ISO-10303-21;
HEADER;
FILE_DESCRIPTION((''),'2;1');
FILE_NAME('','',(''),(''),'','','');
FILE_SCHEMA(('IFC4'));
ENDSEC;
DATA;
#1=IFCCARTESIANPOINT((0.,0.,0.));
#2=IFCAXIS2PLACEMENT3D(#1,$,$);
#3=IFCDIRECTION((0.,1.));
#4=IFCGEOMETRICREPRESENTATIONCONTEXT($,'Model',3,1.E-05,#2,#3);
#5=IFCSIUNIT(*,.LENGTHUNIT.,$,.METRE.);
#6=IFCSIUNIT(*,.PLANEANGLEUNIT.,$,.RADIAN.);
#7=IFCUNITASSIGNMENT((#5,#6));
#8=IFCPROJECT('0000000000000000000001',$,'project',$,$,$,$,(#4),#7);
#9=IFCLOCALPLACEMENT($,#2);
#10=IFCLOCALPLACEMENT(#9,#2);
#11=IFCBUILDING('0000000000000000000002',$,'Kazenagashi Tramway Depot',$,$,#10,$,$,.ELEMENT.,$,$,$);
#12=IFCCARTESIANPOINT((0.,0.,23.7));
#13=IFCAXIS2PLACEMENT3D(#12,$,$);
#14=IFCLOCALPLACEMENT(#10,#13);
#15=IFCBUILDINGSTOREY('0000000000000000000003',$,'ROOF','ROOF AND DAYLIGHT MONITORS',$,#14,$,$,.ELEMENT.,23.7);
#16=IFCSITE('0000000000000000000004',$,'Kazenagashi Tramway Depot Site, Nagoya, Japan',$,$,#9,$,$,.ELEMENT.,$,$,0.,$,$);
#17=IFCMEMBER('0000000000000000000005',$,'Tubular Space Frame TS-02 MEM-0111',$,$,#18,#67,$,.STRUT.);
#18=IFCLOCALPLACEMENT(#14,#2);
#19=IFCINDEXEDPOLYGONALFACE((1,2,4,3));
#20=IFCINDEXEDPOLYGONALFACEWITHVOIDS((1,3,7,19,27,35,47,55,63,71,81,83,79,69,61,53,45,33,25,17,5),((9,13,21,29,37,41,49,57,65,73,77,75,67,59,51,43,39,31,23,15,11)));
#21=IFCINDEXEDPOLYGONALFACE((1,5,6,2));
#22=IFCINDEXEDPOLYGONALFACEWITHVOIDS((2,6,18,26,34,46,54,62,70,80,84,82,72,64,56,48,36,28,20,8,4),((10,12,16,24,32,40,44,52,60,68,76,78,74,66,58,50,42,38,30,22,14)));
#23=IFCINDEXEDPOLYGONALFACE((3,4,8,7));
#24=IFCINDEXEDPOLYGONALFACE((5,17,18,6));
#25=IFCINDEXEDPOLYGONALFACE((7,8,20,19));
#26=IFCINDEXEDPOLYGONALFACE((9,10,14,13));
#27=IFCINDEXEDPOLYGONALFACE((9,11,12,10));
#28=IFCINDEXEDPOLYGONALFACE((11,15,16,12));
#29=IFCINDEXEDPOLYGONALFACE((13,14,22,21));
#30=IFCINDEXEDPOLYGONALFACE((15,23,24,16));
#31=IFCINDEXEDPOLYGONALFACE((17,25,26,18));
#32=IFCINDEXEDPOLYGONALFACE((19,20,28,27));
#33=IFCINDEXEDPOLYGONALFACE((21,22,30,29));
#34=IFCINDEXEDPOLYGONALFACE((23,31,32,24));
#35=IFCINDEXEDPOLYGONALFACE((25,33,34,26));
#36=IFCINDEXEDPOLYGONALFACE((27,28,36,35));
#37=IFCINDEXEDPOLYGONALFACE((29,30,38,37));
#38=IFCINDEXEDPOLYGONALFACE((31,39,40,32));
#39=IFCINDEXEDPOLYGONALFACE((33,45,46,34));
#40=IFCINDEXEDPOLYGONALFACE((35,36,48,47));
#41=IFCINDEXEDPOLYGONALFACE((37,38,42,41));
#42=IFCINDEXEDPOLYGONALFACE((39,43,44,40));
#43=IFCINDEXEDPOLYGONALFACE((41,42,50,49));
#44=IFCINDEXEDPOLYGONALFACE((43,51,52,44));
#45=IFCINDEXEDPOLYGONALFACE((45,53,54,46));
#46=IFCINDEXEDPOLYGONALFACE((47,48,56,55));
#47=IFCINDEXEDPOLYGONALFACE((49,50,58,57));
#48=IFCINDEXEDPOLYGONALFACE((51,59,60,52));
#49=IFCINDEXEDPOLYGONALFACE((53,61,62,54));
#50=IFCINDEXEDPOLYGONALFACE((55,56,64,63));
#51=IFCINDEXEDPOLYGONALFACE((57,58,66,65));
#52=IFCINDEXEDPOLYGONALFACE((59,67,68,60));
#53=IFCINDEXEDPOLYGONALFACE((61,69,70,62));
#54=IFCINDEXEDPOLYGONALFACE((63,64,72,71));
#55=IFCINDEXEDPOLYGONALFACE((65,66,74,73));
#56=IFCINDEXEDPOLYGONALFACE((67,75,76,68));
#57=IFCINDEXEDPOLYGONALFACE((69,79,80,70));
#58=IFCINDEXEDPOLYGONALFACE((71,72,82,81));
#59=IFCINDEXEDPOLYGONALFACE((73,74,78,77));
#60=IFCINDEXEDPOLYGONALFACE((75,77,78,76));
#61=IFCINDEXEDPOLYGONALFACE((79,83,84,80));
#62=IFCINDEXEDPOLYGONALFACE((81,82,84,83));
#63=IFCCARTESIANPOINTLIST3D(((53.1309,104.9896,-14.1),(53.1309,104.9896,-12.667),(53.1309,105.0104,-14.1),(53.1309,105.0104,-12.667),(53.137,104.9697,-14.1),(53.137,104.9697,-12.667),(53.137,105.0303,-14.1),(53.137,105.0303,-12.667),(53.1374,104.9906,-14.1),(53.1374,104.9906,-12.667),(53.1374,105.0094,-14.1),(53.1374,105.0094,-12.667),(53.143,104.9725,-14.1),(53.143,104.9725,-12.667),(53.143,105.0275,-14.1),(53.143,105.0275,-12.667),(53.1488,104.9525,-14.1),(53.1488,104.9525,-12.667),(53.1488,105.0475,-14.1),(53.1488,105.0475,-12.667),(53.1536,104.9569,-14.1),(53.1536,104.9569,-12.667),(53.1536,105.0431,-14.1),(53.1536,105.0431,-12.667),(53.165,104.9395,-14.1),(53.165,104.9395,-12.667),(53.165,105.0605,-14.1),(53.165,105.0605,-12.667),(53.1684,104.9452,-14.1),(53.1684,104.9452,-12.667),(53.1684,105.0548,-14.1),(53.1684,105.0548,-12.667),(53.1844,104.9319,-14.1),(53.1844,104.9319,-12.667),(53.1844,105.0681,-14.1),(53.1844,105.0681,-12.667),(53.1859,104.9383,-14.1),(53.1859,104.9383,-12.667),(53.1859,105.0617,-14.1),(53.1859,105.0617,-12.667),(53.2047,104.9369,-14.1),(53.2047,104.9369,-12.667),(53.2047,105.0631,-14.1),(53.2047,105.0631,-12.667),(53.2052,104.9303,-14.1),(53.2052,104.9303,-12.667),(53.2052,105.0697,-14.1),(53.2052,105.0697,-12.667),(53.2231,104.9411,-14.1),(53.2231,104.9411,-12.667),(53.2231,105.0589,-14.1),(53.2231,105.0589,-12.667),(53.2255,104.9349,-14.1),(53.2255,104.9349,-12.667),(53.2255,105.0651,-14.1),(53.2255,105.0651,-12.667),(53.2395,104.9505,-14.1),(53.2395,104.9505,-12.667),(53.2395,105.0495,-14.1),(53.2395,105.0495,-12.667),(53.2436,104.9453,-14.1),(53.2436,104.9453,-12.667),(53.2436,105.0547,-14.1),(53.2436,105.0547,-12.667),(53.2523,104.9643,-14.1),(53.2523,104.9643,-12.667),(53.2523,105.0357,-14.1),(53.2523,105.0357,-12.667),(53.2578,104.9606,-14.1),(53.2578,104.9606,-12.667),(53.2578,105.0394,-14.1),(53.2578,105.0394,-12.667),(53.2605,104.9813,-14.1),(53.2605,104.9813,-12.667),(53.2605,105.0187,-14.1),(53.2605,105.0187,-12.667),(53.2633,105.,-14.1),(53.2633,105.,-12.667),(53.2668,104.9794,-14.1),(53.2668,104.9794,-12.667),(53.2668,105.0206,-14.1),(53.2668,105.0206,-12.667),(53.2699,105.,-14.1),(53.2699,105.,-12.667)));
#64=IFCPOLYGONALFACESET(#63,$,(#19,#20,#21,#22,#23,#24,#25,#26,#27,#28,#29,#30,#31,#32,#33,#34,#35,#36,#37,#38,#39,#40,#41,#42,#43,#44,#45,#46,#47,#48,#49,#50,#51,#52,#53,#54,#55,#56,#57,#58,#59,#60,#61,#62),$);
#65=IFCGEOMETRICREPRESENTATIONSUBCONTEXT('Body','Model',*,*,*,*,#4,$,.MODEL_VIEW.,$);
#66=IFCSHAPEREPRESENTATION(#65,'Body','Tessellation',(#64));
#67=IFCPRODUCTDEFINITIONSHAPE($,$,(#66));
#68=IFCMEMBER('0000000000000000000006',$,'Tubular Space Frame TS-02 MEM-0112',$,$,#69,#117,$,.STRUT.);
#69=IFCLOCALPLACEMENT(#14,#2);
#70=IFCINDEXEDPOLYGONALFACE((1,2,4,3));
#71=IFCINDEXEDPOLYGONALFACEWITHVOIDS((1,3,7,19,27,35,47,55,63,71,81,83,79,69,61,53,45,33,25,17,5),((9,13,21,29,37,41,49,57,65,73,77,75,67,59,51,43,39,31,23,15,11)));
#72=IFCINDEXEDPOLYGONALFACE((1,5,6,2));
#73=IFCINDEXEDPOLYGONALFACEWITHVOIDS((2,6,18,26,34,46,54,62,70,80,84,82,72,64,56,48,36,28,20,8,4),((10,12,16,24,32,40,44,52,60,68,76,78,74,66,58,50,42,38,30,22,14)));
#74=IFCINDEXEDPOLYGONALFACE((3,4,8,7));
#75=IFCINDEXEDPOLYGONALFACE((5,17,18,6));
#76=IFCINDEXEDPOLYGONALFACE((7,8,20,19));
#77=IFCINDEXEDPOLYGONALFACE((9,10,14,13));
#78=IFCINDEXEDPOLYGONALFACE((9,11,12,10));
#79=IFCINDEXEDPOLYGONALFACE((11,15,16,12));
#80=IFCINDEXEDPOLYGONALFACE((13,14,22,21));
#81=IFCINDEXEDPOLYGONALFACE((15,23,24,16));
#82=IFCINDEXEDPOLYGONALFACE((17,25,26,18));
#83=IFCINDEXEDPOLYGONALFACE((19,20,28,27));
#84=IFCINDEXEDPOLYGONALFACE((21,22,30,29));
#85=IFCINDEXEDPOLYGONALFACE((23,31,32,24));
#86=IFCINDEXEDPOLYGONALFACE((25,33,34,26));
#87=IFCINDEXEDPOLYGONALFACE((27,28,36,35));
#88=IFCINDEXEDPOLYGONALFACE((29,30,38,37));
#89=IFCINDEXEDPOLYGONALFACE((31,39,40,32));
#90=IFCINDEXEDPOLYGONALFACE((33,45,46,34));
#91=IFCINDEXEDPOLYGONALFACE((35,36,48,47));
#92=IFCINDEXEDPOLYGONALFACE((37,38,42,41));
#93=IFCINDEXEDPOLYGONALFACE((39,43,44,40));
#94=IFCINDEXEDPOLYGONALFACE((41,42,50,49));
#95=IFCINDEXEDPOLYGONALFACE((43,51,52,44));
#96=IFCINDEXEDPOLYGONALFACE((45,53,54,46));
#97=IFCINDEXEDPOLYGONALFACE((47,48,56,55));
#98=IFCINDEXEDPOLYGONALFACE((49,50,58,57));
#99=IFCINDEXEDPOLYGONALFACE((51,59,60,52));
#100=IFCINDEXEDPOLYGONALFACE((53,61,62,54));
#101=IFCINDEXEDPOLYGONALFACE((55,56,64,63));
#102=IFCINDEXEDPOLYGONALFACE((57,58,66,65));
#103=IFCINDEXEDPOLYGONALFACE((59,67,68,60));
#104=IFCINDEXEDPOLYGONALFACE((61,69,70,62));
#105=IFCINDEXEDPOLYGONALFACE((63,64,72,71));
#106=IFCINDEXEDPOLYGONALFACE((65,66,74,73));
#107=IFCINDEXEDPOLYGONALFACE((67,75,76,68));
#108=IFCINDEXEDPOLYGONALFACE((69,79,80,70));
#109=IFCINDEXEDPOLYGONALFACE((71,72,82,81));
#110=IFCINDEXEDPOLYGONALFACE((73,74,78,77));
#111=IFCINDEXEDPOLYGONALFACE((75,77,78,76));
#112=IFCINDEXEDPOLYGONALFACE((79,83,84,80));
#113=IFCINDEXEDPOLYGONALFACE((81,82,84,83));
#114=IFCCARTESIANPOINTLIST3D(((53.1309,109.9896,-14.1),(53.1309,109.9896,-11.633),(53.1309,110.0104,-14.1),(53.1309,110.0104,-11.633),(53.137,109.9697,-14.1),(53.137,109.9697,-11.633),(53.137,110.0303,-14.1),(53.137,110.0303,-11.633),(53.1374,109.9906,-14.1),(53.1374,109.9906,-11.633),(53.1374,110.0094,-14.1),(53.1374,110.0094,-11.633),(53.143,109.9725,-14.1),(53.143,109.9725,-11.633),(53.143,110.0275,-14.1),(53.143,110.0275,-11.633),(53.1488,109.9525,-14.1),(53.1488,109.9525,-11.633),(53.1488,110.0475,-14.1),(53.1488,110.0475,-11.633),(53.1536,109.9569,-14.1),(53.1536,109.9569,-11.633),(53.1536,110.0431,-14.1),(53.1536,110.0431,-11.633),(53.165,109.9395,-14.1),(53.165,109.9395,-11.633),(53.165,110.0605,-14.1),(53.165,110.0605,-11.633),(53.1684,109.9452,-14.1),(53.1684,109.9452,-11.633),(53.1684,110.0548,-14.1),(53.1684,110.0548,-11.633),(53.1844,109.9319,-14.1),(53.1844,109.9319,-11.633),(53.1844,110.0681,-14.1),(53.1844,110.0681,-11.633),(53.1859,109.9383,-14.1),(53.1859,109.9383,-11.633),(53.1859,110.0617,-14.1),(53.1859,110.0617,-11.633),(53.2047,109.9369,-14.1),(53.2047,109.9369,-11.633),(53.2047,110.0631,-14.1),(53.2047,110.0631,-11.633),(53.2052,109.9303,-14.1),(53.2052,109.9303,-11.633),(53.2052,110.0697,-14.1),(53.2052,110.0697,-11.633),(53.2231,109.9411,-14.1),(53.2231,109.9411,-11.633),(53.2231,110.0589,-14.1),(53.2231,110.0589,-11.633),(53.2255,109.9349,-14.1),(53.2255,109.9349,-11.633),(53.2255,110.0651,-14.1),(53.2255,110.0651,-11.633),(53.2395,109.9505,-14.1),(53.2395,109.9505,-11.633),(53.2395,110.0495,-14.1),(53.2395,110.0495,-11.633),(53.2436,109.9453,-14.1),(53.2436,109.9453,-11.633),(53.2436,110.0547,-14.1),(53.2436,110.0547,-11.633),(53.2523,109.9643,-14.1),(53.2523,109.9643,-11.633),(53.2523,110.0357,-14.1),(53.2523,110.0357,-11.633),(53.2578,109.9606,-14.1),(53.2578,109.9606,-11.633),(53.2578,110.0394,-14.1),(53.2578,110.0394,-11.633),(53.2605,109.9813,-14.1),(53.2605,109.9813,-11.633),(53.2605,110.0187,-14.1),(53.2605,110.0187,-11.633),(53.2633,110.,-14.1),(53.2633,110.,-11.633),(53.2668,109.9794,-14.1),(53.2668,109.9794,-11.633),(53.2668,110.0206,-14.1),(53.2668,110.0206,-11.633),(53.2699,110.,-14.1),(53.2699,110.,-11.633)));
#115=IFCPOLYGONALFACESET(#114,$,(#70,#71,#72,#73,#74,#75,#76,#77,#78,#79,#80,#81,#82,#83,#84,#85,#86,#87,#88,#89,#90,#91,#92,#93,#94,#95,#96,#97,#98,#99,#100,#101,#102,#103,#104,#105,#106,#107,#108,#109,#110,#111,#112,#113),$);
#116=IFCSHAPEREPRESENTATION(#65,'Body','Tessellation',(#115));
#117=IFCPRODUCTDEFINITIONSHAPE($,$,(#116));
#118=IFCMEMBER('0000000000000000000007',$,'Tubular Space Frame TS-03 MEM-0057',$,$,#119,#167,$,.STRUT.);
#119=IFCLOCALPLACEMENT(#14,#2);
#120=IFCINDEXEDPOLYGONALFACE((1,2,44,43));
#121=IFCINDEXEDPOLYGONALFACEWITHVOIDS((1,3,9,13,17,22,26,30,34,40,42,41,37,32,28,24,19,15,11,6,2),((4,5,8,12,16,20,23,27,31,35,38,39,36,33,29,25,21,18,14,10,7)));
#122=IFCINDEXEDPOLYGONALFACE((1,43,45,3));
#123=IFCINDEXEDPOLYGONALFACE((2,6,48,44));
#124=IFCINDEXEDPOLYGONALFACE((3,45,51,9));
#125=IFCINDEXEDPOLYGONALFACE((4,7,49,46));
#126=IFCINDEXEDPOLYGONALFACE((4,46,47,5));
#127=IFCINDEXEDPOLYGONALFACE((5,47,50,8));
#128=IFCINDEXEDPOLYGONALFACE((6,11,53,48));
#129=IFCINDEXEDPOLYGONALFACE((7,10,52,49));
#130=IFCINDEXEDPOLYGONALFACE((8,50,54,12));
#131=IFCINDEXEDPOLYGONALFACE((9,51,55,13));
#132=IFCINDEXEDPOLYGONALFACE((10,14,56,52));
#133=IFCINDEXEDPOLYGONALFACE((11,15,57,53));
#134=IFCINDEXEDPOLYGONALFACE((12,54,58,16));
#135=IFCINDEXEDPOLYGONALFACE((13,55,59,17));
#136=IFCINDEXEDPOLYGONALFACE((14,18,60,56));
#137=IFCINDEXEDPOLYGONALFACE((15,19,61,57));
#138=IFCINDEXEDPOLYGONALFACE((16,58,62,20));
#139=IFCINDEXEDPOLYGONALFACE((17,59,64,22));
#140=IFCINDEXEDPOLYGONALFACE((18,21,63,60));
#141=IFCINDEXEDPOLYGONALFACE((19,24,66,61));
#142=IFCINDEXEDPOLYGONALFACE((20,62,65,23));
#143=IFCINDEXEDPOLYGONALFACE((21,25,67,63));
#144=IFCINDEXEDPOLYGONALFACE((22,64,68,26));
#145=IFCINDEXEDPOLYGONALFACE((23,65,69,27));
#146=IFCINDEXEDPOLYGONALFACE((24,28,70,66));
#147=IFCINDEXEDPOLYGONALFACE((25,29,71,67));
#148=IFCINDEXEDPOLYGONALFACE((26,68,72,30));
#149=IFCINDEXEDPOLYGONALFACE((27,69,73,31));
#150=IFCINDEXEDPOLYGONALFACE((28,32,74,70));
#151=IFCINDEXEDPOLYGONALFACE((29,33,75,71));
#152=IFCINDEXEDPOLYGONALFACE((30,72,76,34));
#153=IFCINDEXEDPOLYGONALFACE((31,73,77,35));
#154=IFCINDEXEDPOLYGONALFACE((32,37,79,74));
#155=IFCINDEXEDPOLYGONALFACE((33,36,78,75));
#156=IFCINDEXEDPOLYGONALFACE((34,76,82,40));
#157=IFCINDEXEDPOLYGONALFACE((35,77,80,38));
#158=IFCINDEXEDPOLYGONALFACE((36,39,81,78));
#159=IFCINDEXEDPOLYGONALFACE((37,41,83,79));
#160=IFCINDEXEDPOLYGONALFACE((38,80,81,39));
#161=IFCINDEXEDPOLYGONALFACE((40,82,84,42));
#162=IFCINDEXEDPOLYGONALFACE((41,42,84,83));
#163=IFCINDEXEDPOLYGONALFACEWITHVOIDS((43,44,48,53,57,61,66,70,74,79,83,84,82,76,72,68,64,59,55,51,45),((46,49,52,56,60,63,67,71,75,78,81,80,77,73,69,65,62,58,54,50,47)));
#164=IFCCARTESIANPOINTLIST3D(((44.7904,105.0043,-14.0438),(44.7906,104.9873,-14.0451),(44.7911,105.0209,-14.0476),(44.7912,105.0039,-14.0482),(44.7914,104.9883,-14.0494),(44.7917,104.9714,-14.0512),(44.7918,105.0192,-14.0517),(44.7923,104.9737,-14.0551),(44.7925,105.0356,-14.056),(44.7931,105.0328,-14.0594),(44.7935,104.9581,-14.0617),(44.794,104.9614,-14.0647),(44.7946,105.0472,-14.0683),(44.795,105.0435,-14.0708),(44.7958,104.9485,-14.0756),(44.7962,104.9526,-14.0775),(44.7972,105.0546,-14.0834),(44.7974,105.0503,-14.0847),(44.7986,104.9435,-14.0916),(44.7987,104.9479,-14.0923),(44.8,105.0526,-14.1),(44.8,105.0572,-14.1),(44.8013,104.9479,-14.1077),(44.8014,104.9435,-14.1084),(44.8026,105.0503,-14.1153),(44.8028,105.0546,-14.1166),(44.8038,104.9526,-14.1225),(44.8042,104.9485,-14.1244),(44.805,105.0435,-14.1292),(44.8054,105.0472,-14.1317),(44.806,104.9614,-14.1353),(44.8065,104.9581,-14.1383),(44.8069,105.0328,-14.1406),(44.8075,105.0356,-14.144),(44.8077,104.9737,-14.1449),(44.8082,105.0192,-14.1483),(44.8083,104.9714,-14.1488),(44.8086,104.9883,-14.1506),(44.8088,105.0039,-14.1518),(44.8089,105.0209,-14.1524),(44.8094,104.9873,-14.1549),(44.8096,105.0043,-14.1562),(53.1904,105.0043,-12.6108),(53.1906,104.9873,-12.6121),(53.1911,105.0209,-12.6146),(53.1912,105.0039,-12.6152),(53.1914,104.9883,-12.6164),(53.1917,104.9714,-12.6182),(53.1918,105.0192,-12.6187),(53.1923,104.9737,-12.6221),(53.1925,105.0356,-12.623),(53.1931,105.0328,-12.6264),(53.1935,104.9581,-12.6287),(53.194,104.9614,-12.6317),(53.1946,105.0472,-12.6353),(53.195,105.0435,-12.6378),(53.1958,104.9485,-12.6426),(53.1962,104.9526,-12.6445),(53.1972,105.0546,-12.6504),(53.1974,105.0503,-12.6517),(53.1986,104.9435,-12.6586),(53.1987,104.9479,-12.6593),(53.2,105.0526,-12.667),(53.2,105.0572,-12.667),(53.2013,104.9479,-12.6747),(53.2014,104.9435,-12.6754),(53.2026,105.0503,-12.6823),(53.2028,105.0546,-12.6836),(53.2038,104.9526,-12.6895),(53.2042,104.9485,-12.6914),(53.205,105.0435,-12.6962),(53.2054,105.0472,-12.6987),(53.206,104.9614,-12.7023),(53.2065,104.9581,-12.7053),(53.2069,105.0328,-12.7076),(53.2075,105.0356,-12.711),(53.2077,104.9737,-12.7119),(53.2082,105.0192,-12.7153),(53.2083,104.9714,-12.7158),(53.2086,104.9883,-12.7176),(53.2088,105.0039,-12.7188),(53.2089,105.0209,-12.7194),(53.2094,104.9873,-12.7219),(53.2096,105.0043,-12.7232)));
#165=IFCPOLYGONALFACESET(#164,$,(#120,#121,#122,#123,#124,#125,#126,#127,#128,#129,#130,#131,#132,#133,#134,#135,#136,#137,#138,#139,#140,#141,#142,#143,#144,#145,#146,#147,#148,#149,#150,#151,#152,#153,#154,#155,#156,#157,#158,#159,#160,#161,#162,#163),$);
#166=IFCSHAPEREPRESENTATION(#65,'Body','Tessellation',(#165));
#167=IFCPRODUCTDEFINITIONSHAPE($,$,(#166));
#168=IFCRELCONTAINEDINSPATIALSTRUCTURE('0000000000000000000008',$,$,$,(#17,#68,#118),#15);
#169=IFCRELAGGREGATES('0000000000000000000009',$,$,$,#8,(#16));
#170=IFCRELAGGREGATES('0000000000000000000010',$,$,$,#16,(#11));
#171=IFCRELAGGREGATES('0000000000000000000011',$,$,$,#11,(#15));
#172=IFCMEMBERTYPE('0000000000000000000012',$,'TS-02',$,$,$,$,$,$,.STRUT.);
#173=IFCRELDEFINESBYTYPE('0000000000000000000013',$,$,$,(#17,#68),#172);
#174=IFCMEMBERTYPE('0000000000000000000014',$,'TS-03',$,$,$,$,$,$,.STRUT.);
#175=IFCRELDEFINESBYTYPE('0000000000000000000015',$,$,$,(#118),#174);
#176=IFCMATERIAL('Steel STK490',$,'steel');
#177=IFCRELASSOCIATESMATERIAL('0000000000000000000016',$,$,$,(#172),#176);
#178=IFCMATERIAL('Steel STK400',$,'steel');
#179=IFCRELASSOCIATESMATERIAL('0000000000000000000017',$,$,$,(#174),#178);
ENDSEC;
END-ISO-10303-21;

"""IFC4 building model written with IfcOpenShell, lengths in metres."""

from ifc_helpers import new_model, si_unit, direction, frame, origin, origin_2d, place, context, subcontext, project, spatial, hollow_circle, extrude, material, material_profile, profile_set, type_object, element, save


model = new_model("IFC4")

# Units and contexts
model_context = context("Model", 3, precision=1e-05, world=origin(), true_north=direction((0.0, 1.0)))
body_context = subcontext(model_context, "Body", "Model", "MODEL_VIEW")
ifc_project = project(units=[si_unit("LENGTHUNIT", "METRE"), si_unit("PLANEANGLEUNIT", "RADIAN")], contexts=[model_context])

# Site, building, storey
site_placement = place(None, origin())
site = spatial("IfcSite", under=ifc_project, at=site_placement, Name="Kazenagashi Tramway Depot Site, Nagoya, Japan", CompositionType="ELEMENT", RefElevation=0.0)
building_placement = place(site_placement, origin())
building = spatial("IfcBuilding", under=site, at=building_placement, Name="Kazenagashi Tramway Depot", CompositionType="ELEMENT")
storey_placement = place(building_placement, frame((0.0, 0.0, 23.7)))
storey = spatial("IfcBuildingStorey", under=building, at=storey_placement, Name="ROOF", Description="ROOF AND DAYLIGHT MONITORS", CompositionType="ELEMENT", Elevation=23.7)

# Members
ifc_material_1 = material(Name="Steel STK490", Category="steel")
ifc_material_profile_1 = material_profile(ifc_material_1, hollow_circle(Radius=0.0699, WallThickness=0.0066, at=origin_2d()), Name="CHS-139.8x6.6")
ifc_profile_set_1 = profile_set([ifc_material_profile_1], Name="Steel STK490")
member_type_1 = type_object("IfcMemberType", Name="TS-02", PredefinedType="STRUT", material=ifc_profile_set_1)
member_1_placement = place(storey_placement, frame((53.2, 105.0, -14.1), z_axis=(0.0, 0.0, 1.0), x_axis=(1.0, 0.0, 0.0)))
element("IfcMember", 1, at=member_1_placement, inside=storey, type_object=member_type_1, Name="Tubular Space Frame TS-02 MEM-0111", PredefinedType="STRUT", context=body_context, shape_type="SweptSolid", body=[
    extrude(hollow_circle(Radius=0.0699, WallThickness=0.0066, at=origin_2d()), origin(), (0.0, 0.0, 1.0), 1.433),
])
member_2_placement = place(storey_placement, frame((53.2, 110.0, -14.1), z_axis=(0.0, 0.0, 1.0), x_axis=(1.0, 0.0, 0.0)))
element("IfcMember", 2, at=member_2_placement, inside=storey, type_object=member_type_1, Name="Tubular Space Frame TS-02 MEM-0112", PredefinedType="STRUT", context=body_context, shape_type="SweptSolid", body=[
    extrude(hollow_circle(Radius=0.0699, WallThickness=0.0066, at=origin_2d()), origin(), (0.0, 0.0, 1.0), 2.467),
])
ifc_material_2 = material(Name="Steel STK400", Category="steel")
ifc_material_profile_2 = material_profile(ifc_material_2, hollow_circle(Radius=0.0571, WallThickness=0.0045, at=origin_2d()), Name="CHS-114.3x4.5")
ifc_profile_set_2 = profile_set([ifc_material_profile_2], Name="Steel STK400")
member_type_2 = type_object("IfcMemberType", Name="TS-03", PredefinedType="STRUT", material=ifc_profile_set_2)
for number, where, z_axis, x_axis, name in (
    (3, (44.8, 105.0, -14.1), (0.985759, 0.0, 0.168166), (0.0, 1.0, 0.0), "Tubular Space Frame TS-03 MEM-0057"),
):
    element("IfcMember", number, at=place(storey_placement, frame(where, z_axis=z_axis, x_axis=x_axis)), inside=storey, type_object=member_type_2, Name=name, PredefinedType="STRUT", context=body_context, shape_type="SweptSolid", body=[
        extrude(hollow_circle(Radius=0.0571, WallThickness=0.0045, at=origin_2d()), origin(), (0.0, 0.0, 1.0), 8.5214),
    ])

save(model, "model.ifc")
